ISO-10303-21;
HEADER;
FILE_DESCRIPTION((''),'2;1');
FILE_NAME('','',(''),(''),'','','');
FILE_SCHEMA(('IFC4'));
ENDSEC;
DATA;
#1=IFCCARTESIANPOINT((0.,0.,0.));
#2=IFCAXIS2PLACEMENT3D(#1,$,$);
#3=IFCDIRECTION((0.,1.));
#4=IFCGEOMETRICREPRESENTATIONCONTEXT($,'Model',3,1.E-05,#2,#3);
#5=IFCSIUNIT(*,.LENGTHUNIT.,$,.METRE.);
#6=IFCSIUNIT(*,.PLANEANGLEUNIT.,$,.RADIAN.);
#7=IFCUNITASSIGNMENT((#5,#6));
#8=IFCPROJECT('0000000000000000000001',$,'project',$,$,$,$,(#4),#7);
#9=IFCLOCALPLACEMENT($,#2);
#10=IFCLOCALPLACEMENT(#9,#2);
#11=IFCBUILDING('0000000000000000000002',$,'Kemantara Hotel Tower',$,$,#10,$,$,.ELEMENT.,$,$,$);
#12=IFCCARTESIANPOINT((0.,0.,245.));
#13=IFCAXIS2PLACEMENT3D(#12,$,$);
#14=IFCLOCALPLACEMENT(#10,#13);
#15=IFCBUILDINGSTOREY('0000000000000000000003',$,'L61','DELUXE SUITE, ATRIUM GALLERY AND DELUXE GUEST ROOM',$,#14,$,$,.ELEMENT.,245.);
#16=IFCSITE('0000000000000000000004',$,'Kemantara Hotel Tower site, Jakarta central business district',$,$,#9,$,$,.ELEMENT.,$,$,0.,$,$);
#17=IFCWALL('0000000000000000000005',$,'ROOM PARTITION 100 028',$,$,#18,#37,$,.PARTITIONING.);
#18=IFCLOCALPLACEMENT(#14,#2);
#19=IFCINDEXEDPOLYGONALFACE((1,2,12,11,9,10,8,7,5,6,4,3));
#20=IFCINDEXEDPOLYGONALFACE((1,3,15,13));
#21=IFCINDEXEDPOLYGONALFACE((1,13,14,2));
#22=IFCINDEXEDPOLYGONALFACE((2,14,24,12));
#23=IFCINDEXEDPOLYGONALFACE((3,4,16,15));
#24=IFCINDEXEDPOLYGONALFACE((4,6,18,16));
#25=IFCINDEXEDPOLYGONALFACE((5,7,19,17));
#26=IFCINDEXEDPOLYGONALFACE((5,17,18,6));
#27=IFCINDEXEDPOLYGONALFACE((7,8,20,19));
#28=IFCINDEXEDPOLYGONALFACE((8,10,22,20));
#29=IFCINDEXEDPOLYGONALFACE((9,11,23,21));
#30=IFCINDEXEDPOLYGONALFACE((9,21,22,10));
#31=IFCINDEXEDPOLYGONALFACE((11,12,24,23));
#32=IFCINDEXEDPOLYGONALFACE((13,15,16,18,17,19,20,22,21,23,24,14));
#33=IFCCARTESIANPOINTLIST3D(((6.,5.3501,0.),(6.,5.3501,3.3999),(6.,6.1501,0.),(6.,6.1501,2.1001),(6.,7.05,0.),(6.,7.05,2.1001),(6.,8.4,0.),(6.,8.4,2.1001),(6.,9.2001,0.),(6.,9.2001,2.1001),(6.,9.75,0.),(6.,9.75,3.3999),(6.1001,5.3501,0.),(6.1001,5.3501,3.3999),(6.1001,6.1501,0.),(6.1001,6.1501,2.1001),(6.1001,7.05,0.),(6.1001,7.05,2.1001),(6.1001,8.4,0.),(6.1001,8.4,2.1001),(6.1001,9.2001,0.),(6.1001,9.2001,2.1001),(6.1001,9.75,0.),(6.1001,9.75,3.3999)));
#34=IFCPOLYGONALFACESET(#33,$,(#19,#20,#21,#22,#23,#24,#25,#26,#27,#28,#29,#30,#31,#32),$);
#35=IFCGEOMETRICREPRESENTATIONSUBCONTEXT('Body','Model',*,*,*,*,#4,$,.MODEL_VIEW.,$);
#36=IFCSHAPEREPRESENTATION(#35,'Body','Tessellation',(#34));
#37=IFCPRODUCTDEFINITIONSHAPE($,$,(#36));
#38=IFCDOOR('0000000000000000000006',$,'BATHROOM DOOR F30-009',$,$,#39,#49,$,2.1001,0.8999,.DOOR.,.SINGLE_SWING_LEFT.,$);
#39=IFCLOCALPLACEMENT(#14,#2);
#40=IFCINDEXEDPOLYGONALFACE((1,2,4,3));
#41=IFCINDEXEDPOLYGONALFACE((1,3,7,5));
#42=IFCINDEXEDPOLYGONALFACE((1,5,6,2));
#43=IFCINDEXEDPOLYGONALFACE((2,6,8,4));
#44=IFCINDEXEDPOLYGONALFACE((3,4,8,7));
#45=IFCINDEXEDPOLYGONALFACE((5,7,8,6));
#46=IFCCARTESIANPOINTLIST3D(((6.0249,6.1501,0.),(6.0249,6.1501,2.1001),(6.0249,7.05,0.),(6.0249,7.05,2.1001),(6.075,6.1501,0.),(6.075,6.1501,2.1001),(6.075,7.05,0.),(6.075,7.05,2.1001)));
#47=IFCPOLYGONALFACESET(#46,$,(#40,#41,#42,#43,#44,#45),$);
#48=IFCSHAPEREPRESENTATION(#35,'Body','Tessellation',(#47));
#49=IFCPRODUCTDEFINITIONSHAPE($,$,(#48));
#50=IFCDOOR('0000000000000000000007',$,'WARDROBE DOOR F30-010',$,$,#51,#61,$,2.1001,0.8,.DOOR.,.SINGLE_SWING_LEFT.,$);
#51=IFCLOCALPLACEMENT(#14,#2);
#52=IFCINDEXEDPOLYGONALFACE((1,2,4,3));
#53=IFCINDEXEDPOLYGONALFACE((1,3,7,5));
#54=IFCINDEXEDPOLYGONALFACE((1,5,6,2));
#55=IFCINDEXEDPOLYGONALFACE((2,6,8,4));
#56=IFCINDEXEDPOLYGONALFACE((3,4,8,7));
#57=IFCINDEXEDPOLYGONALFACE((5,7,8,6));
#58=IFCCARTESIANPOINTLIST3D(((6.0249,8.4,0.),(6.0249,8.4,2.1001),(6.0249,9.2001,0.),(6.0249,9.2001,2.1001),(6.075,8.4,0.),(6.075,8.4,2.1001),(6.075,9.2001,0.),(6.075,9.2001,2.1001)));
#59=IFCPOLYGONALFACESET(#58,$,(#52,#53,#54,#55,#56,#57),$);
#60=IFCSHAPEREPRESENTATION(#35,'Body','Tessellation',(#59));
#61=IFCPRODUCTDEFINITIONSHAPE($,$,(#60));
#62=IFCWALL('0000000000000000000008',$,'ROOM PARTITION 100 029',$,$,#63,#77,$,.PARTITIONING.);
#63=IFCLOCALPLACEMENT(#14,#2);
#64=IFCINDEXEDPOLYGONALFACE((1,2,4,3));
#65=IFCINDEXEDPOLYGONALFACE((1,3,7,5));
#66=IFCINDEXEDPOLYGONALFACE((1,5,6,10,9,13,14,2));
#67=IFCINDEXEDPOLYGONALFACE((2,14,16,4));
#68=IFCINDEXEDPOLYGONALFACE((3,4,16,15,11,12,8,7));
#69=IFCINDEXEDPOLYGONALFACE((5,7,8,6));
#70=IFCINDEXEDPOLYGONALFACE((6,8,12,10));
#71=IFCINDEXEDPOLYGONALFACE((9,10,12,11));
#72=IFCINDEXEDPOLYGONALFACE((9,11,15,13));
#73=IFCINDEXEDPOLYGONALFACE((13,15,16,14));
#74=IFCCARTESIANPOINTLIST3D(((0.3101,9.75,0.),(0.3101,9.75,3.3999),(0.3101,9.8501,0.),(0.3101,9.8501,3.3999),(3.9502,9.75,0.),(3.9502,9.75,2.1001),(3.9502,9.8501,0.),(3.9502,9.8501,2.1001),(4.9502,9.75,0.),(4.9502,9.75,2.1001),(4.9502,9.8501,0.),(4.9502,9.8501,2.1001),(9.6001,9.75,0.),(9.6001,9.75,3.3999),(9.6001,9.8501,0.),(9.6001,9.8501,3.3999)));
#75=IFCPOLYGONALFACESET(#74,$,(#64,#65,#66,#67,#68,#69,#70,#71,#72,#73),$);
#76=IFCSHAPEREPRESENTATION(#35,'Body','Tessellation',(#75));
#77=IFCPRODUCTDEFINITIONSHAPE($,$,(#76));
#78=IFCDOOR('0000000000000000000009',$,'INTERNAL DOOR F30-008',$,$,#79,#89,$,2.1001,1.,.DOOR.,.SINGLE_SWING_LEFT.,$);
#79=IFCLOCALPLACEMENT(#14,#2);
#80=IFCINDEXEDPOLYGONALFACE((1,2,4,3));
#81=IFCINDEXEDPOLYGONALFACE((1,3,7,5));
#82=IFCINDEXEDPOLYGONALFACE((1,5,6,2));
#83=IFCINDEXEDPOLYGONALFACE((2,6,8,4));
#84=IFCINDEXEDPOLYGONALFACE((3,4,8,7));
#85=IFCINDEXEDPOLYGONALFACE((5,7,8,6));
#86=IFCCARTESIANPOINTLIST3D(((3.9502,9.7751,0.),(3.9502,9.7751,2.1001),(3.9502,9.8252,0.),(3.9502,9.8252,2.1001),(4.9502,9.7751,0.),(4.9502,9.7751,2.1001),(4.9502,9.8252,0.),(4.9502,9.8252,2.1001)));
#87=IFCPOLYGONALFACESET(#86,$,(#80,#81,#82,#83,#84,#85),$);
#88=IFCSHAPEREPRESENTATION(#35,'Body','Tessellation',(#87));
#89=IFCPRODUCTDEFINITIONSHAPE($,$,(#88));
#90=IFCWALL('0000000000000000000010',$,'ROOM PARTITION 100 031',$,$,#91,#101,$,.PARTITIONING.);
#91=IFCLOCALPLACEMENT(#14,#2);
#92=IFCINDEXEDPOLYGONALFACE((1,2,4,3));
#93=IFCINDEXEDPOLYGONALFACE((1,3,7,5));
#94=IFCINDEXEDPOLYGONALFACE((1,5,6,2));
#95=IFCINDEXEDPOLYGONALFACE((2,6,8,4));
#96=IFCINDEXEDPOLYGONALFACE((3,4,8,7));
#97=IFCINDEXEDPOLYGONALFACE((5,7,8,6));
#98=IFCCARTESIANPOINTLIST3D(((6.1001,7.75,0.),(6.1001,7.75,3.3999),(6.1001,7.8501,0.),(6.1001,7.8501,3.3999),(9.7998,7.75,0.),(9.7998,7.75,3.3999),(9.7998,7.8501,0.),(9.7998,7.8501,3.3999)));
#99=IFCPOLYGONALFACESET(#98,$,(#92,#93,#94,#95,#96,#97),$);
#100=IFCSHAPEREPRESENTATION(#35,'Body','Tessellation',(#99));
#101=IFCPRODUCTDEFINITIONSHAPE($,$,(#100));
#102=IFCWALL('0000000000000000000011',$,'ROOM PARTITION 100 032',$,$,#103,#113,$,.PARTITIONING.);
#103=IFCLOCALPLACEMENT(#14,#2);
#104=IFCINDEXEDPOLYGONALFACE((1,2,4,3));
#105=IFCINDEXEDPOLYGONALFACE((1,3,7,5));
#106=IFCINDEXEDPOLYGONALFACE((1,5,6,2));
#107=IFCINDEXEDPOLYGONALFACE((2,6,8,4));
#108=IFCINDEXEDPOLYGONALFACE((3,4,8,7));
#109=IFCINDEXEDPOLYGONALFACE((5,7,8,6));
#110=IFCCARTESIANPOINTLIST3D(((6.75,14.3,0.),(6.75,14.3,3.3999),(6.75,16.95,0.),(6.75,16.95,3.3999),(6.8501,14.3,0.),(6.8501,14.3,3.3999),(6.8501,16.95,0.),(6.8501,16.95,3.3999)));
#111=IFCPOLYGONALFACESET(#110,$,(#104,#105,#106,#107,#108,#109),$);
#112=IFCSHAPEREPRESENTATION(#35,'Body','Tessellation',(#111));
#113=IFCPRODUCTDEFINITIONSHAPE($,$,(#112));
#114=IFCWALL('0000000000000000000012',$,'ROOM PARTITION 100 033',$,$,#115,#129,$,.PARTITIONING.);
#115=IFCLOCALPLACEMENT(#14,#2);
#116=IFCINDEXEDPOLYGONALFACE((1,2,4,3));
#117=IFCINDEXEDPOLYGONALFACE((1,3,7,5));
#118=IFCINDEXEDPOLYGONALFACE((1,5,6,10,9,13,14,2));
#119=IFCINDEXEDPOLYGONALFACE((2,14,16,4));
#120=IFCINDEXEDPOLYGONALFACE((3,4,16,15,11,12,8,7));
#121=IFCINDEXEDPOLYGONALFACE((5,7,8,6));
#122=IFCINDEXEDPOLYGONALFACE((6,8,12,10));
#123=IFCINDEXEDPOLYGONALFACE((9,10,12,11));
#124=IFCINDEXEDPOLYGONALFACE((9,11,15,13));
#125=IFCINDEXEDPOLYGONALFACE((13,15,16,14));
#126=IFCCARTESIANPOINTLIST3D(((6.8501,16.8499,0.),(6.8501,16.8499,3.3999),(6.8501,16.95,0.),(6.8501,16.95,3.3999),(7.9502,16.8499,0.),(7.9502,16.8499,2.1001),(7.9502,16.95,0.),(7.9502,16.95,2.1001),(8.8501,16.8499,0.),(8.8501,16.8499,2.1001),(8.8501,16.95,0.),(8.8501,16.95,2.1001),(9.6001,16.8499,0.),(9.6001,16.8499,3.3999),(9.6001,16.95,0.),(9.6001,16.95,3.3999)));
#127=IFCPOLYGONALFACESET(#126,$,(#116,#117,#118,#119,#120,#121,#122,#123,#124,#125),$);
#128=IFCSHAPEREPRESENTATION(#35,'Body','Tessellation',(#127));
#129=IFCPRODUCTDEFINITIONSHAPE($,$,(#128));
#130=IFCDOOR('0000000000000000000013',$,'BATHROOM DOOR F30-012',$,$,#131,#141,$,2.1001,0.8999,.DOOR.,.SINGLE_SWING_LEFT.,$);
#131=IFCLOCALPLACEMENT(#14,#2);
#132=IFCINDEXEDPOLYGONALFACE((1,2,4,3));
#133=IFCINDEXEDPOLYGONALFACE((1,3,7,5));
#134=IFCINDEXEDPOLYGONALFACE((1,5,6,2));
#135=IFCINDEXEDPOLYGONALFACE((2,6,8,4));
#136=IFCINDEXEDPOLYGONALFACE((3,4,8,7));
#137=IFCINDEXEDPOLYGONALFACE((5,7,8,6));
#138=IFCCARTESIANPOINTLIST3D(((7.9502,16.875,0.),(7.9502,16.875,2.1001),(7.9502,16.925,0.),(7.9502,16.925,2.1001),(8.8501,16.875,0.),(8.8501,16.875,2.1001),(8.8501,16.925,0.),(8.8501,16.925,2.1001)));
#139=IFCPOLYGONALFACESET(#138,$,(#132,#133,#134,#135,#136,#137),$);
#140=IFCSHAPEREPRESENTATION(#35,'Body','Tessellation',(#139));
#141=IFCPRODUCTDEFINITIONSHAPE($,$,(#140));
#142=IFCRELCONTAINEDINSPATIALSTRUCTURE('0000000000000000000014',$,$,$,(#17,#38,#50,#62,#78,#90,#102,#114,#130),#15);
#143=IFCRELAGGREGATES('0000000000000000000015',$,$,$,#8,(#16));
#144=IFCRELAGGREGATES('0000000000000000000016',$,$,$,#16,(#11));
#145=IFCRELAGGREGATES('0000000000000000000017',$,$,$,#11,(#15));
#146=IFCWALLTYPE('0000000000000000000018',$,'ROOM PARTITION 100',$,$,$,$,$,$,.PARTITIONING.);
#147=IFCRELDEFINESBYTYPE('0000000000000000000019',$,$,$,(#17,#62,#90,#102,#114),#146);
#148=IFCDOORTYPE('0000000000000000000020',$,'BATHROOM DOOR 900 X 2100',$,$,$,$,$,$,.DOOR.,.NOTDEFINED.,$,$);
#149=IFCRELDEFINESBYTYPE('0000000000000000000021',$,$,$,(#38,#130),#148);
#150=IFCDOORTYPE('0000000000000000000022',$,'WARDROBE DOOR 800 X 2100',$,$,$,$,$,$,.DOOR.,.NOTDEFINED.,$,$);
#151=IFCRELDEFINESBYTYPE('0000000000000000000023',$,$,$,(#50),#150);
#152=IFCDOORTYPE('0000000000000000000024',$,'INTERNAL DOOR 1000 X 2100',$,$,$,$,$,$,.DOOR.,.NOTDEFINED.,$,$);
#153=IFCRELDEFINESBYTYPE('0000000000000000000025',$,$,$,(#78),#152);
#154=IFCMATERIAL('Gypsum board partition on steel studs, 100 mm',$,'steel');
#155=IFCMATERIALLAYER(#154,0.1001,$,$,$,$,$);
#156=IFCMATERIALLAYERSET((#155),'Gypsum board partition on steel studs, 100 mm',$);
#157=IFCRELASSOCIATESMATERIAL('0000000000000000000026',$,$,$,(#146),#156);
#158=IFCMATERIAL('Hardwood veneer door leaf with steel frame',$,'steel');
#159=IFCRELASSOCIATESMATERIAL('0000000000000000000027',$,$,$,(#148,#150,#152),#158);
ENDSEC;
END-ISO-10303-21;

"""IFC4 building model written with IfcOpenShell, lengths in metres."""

from ifc_helpers import new_model, si_unit, direction, frame, frame_2d, origin, place, context, subcontext, project, spatial, rectangle, extrude, material, layer, layer_set, type_object, element, fill, save


model = new_model("IFC4")

# Units and contexts
model_context = context("Model", 3, precision=1e-05, world=origin(), true_north=direction((0.0, 1.0)))
body_context = subcontext(model_context, "Body", "Model", "MODEL_VIEW")
ifc_project = project(units=[si_unit("LENGTHUNIT", "METRE"), si_unit("PLANEANGLEUNIT", "RADIAN")], contexts=[model_context])

# Site, building, storey
site_placement = place(None, origin())
site = spatial("IfcSite", under=ifc_project, at=site_placement, Name="Kemantara Hotel Tower site, Jakarta central business district", CompositionType="ELEMENT", RefElevation=0.0)
building_placement = place(site_placement, origin())
building = spatial("IfcBuilding", under=site, at=building_placement, Name="Kemantara Hotel Tower", CompositionType="ELEMENT")
storey_placement = place(building_placement, frame((0.0, 0.0, 245.0)))
storey = spatial("IfcBuildingStorey", under=building, at=storey_placement, Name="L61", Description="DELUXE SUITE, ATRIUM GALLERY AND DELUXE GUEST ROOM", CompositionType="ELEMENT", Elevation=245.0)

# Shared definitions
ifc_material_1 = material(Name="Hardwood veneer door leaf with steel frame", Category="steel")

# Wall, openings, doors
ifc_material_2 = material(Name="Gypsum board partition on steel studs, 100 mm", Category="steel")
ifc_layer_1 = layer(ifc_material_2, 0.1001)
ifc_layer_set_1 = layer_set([ifc_layer_1], Name="Gypsum board partition on steel studs, 100 mm")
wall_type_1 = type_object("IfcWallType", Name="ROOM PARTITION 100", PredefinedType="PARTITIONING", material=ifc_layer_set_1)
wall_1_placement = place(storey_placement, frame((6.05, 9.75, 0.0), z_axis=(0.0, 0.0, 1.0), x_axis=(0.0, -1.0, 0.0)))
wall_1 = element("IfcWall", 1, at=wall_1_placement, inside=storey, type_object=wall_type_1, Name="ROOM PARTITION 100 028", PredefinedType="PARTITIONING", context=body_context, shape_type="SweptSolid", body=[
    extrude(rectangle(XDim=4.3999, YDim=0.1001, at=frame_2d((2.2, 0.0))), origin(), (0.0, 0.0, 1.0), 3.3999),
])
opening_1_placement = place(wall_1_placement, frame((2.7, 0.0, 0.0)))
opening_1 = element("IfcOpeningElement", 2, at=opening_1_placement, cuts=wall_1, PredefinedType="OPENING", context=body_context, shape_type="SweptSolid", body=[
    extrude(rectangle(XDim=0.8999, YDim=2.1001, at=frame_2d((0.45, 1.05))), frame((0.0, 0.0601, 0.0), z_axis=(0.0, -1.0, 0.0), x_axis=(1.0, 0.0, 0.0)), (0.0, 0.0, 1.0), 0.1201),
])
opening_2_placement = place(wall_1_placement, frame((0.55, 0.0, 0.0)))
opening_2 = element("IfcOpeningElement", 3, at=opening_2_placement, cuts=wall_1, PredefinedType="OPENING", context=body_context, shape_type="SweptSolid", body=[
    extrude(rectangle(XDim=0.8, YDim=2.1001, at=frame_2d((0.3999, 1.05))), frame((0.0, 0.0601, 0.0), z_axis=(0.0, -1.0, 0.0), x_axis=(1.0, 0.0, 0.0)), (0.0, 0.0, 1.0), 0.1201),
])
door_type_1 = type_object("IfcDoorType", Name="BATHROOM DOOR 900 X 2100", OperationType="NOTDEFINED", PredefinedType="DOOR", material=ifc_material_1)
door_1_placement = place(opening_1_placement, origin())
door_1 = element("IfcDoor", 4, at=door_1_placement, inside=storey, type_object=door_type_1, Name="BATHROOM DOOR F30-009", OperationType="SINGLE_SWING_LEFT", OverallHeight=2.1001, OverallWidth=0.8999, PredefinedType="DOOR", context=body_context, shape_type="SweptSolid", body=[
    extrude(rectangle(XDim=0.8999, YDim=2.1001, at=frame_2d((0.45, 1.05))), frame((0.0, 0.0249, 0.0), z_axis=(0.0, -1.0, 0.0), x_axis=(1.0, 0.0, 0.0)), (0.0, 0.0, 1.0), 0.05),
])
fill(opening_1, door_1)
door_type_2 = type_object("IfcDoorType", Name="WARDROBE DOOR 800 X 2100", OperationType="NOTDEFINED", PredefinedType="DOOR", material=ifc_material_1)
door_2_placement = place(opening_2_placement, origin())
door_2 = element("IfcDoor", 5, at=door_2_placement, inside=storey, type_object=door_type_2, Name="WARDROBE DOOR F30-010", OperationType="SINGLE_SWING_LEFT", OverallHeight=2.1001, OverallWidth=0.8, PredefinedType="DOOR", context=body_context, shape_type="SweptSolid", body=[
    extrude(rectangle(XDim=0.8, YDim=2.1001, at=frame_2d((0.3999, 1.05))), frame((0.0, 0.0249, 0.0), z_axis=(0.0, -1.0, 0.0), x_axis=(1.0, 0.0, 0.0)), (0.0, 0.0, 1.0), 0.05),
])
fill(opening_2, door_2)

# Wall, opening, door
wall_2_placement = place(storey_placement, frame((9.6001, 9.8, 0.0), z_axis=(0.0, 0.0, 1.0), x_axis=(-1.0, 0.0, 0.0)))
wall_2 = element("IfcWall", 6, at=wall_2_placement, inside=storey, type_object=wall_type_1, Name="ROOM PARTITION 100 029", PredefinedType="PARTITIONING", context=body_context, shape_type="SweptSolid", body=[
    extrude(rectangle(XDim=9.29, YDim=0.1001, at=frame_2d((4.645, 0.0))), origin(), (0.0, 0.0, 1.0), 3.3999),
])
opening_3_placement = place(wall_2_placement, frame((4.6499, 0.0, 0.0)))
opening_3 = element("IfcOpeningElement", 7, at=opening_3_placement, cuts=wall_2, PredefinedType="OPENING", context=body_context, shape_type="SweptSolid", body=[
    extrude(rectangle(XDim=1.0, YDim=2.1001, at=frame_2d((0.5, 1.05))), frame((0.0, 0.0601, 0.0), z_axis=(0.0, -1.0, 0.0), x_axis=(1.0, 0.0, 0.0)), (0.0, 0.0, 1.0), 0.1201),
])
door_type_3 = type_object("IfcDoorType", Name="INTERNAL DOOR 1000 X 2100", OperationType="NOTDEFINED", PredefinedType="DOOR", material=ifc_material_1)
door_3_placement = place(opening_3_placement, origin())
door_3 = element("IfcDoor", 8, at=door_3_placement, inside=storey, type_object=door_type_3, Name="INTERNAL DOOR F30-008", OperationType="SINGLE_SWING_LEFT", OverallHeight=2.1001, OverallWidth=1.0, PredefinedType="DOOR", context=body_context, shape_type="SweptSolid", body=[
    extrude(rectangle(XDim=1.0, YDim=2.1001, at=frame_2d((0.5, 1.05))), frame((0.0, 0.0249, 0.0), z_axis=(0.0, -1.0, 0.0), x_axis=(1.0, 0.0, 0.0)), (0.0, 0.0, 1.0), 0.05),
])
fill(opening_3, door_3)

# Walls
wall_3_placement = place(storey_placement, frame((6.1001, 7.8, 0.0), z_axis=(0.0, 0.0, 1.0), x_axis=(1.0, 0.0, 0.0)))
element("IfcWall", 9, at=wall_3_placement, inside=storey, type_object=wall_type_1, Name="ROOM PARTITION 100 031", PredefinedType="PARTITIONING", context=body_context, shape_type="SweptSolid", body=[
    extrude(rectangle(XDim=3.6997, YDim=0.1001, at=frame_2d((1.8499, 0.0))), origin(), (0.0, 0.0, 1.0), 3.3999),
])
wall_4_placement = place(storey_placement, frame((6.8, 14.3, 0.0), z_axis=(0.0, 0.0, 1.0), x_axis=(0.0, 1.0, 0.0)))
element("IfcWall", 10, at=wall_4_placement, inside=storey, type_object=wall_type_1, Name="ROOM PARTITION 100 032", PredefinedType="PARTITIONING", context=body_context, shape_type="SweptSolid", body=[
    extrude(rectangle(XDim=2.6499, YDim=0.1001, at=frame_2d((1.325, 0.0))), origin(), (0.0, 0.0, 1.0), 3.3999),
])

# Wall, opening, door
wall_5_placement = place(storey_placement, frame((9.6001, 16.8999, 0.0), z_axis=(0.0, 0.0, 1.0), x_axis=(-1.0, 0.0, 0.0)))
wall_5 = element("IfcWall", 11, at=wall_5_placement, inside=storey, type_object=wall_type_1, Name="ROOM PARTITION 100 033", PredefinedType="PARTITIONING", context=body_context, shape_type="SweptSolid", body=[
    extrude(rectangle(XDim=2.75, YDim=0.1001, at=frame_2d((1.375, 0.0))), origin(), (0.0, 0.0, 1.0), 3.3999),
])
opening_4_placement = place(wall_5_placement, frame((0.75, 0.0, 0.0)))
opening_4 = element("IfcOpeningElement", 12, at=opening_4_placement, cuts=wall_5, PredefinedType="OPENING", context=body_context, shape_type="SweptSolid", body=[
    extrude(rectangle(XDim=0.8999, YDim=2.1001, at=frame_2d((0.45, 1.05))), frame((0.0, 0.0601, 0.0), z_axis=(0.0, -1.0, 0.0), x_axis=(1.0, 0.0, 0.0)), (0.0, 0.0, 1.0), 0.1201),
])
door_4_placement = place(opening_4_placement, origin())
door_4 = element("IfcDoor", 13, at=door_4_placement, inside=storey, type_object=door_type_1, Name="BATHROOM DOOR F30-012", OperationType="SINGLE_SWING_LEFT", OverallHeight=2.1001, OverallWidth=0.8999, PredefinedType="DOOR", context=body_context, shape_type="SweptSolid", body=[
    extrude(rectangle(XDim=0.8999, YDim=2.1001, at=frame_2d((0.45, 1.05))), frame((0.0, 0.0249, 0.0), z_axis=(0.0, -1.0, 0.0), x_axis=(1.0, 0.0, 0.0)), (0.0, 0.0, 1.0), 0.05),
])
fill(opening_4, door_4)

save(model, "model.ifc")
